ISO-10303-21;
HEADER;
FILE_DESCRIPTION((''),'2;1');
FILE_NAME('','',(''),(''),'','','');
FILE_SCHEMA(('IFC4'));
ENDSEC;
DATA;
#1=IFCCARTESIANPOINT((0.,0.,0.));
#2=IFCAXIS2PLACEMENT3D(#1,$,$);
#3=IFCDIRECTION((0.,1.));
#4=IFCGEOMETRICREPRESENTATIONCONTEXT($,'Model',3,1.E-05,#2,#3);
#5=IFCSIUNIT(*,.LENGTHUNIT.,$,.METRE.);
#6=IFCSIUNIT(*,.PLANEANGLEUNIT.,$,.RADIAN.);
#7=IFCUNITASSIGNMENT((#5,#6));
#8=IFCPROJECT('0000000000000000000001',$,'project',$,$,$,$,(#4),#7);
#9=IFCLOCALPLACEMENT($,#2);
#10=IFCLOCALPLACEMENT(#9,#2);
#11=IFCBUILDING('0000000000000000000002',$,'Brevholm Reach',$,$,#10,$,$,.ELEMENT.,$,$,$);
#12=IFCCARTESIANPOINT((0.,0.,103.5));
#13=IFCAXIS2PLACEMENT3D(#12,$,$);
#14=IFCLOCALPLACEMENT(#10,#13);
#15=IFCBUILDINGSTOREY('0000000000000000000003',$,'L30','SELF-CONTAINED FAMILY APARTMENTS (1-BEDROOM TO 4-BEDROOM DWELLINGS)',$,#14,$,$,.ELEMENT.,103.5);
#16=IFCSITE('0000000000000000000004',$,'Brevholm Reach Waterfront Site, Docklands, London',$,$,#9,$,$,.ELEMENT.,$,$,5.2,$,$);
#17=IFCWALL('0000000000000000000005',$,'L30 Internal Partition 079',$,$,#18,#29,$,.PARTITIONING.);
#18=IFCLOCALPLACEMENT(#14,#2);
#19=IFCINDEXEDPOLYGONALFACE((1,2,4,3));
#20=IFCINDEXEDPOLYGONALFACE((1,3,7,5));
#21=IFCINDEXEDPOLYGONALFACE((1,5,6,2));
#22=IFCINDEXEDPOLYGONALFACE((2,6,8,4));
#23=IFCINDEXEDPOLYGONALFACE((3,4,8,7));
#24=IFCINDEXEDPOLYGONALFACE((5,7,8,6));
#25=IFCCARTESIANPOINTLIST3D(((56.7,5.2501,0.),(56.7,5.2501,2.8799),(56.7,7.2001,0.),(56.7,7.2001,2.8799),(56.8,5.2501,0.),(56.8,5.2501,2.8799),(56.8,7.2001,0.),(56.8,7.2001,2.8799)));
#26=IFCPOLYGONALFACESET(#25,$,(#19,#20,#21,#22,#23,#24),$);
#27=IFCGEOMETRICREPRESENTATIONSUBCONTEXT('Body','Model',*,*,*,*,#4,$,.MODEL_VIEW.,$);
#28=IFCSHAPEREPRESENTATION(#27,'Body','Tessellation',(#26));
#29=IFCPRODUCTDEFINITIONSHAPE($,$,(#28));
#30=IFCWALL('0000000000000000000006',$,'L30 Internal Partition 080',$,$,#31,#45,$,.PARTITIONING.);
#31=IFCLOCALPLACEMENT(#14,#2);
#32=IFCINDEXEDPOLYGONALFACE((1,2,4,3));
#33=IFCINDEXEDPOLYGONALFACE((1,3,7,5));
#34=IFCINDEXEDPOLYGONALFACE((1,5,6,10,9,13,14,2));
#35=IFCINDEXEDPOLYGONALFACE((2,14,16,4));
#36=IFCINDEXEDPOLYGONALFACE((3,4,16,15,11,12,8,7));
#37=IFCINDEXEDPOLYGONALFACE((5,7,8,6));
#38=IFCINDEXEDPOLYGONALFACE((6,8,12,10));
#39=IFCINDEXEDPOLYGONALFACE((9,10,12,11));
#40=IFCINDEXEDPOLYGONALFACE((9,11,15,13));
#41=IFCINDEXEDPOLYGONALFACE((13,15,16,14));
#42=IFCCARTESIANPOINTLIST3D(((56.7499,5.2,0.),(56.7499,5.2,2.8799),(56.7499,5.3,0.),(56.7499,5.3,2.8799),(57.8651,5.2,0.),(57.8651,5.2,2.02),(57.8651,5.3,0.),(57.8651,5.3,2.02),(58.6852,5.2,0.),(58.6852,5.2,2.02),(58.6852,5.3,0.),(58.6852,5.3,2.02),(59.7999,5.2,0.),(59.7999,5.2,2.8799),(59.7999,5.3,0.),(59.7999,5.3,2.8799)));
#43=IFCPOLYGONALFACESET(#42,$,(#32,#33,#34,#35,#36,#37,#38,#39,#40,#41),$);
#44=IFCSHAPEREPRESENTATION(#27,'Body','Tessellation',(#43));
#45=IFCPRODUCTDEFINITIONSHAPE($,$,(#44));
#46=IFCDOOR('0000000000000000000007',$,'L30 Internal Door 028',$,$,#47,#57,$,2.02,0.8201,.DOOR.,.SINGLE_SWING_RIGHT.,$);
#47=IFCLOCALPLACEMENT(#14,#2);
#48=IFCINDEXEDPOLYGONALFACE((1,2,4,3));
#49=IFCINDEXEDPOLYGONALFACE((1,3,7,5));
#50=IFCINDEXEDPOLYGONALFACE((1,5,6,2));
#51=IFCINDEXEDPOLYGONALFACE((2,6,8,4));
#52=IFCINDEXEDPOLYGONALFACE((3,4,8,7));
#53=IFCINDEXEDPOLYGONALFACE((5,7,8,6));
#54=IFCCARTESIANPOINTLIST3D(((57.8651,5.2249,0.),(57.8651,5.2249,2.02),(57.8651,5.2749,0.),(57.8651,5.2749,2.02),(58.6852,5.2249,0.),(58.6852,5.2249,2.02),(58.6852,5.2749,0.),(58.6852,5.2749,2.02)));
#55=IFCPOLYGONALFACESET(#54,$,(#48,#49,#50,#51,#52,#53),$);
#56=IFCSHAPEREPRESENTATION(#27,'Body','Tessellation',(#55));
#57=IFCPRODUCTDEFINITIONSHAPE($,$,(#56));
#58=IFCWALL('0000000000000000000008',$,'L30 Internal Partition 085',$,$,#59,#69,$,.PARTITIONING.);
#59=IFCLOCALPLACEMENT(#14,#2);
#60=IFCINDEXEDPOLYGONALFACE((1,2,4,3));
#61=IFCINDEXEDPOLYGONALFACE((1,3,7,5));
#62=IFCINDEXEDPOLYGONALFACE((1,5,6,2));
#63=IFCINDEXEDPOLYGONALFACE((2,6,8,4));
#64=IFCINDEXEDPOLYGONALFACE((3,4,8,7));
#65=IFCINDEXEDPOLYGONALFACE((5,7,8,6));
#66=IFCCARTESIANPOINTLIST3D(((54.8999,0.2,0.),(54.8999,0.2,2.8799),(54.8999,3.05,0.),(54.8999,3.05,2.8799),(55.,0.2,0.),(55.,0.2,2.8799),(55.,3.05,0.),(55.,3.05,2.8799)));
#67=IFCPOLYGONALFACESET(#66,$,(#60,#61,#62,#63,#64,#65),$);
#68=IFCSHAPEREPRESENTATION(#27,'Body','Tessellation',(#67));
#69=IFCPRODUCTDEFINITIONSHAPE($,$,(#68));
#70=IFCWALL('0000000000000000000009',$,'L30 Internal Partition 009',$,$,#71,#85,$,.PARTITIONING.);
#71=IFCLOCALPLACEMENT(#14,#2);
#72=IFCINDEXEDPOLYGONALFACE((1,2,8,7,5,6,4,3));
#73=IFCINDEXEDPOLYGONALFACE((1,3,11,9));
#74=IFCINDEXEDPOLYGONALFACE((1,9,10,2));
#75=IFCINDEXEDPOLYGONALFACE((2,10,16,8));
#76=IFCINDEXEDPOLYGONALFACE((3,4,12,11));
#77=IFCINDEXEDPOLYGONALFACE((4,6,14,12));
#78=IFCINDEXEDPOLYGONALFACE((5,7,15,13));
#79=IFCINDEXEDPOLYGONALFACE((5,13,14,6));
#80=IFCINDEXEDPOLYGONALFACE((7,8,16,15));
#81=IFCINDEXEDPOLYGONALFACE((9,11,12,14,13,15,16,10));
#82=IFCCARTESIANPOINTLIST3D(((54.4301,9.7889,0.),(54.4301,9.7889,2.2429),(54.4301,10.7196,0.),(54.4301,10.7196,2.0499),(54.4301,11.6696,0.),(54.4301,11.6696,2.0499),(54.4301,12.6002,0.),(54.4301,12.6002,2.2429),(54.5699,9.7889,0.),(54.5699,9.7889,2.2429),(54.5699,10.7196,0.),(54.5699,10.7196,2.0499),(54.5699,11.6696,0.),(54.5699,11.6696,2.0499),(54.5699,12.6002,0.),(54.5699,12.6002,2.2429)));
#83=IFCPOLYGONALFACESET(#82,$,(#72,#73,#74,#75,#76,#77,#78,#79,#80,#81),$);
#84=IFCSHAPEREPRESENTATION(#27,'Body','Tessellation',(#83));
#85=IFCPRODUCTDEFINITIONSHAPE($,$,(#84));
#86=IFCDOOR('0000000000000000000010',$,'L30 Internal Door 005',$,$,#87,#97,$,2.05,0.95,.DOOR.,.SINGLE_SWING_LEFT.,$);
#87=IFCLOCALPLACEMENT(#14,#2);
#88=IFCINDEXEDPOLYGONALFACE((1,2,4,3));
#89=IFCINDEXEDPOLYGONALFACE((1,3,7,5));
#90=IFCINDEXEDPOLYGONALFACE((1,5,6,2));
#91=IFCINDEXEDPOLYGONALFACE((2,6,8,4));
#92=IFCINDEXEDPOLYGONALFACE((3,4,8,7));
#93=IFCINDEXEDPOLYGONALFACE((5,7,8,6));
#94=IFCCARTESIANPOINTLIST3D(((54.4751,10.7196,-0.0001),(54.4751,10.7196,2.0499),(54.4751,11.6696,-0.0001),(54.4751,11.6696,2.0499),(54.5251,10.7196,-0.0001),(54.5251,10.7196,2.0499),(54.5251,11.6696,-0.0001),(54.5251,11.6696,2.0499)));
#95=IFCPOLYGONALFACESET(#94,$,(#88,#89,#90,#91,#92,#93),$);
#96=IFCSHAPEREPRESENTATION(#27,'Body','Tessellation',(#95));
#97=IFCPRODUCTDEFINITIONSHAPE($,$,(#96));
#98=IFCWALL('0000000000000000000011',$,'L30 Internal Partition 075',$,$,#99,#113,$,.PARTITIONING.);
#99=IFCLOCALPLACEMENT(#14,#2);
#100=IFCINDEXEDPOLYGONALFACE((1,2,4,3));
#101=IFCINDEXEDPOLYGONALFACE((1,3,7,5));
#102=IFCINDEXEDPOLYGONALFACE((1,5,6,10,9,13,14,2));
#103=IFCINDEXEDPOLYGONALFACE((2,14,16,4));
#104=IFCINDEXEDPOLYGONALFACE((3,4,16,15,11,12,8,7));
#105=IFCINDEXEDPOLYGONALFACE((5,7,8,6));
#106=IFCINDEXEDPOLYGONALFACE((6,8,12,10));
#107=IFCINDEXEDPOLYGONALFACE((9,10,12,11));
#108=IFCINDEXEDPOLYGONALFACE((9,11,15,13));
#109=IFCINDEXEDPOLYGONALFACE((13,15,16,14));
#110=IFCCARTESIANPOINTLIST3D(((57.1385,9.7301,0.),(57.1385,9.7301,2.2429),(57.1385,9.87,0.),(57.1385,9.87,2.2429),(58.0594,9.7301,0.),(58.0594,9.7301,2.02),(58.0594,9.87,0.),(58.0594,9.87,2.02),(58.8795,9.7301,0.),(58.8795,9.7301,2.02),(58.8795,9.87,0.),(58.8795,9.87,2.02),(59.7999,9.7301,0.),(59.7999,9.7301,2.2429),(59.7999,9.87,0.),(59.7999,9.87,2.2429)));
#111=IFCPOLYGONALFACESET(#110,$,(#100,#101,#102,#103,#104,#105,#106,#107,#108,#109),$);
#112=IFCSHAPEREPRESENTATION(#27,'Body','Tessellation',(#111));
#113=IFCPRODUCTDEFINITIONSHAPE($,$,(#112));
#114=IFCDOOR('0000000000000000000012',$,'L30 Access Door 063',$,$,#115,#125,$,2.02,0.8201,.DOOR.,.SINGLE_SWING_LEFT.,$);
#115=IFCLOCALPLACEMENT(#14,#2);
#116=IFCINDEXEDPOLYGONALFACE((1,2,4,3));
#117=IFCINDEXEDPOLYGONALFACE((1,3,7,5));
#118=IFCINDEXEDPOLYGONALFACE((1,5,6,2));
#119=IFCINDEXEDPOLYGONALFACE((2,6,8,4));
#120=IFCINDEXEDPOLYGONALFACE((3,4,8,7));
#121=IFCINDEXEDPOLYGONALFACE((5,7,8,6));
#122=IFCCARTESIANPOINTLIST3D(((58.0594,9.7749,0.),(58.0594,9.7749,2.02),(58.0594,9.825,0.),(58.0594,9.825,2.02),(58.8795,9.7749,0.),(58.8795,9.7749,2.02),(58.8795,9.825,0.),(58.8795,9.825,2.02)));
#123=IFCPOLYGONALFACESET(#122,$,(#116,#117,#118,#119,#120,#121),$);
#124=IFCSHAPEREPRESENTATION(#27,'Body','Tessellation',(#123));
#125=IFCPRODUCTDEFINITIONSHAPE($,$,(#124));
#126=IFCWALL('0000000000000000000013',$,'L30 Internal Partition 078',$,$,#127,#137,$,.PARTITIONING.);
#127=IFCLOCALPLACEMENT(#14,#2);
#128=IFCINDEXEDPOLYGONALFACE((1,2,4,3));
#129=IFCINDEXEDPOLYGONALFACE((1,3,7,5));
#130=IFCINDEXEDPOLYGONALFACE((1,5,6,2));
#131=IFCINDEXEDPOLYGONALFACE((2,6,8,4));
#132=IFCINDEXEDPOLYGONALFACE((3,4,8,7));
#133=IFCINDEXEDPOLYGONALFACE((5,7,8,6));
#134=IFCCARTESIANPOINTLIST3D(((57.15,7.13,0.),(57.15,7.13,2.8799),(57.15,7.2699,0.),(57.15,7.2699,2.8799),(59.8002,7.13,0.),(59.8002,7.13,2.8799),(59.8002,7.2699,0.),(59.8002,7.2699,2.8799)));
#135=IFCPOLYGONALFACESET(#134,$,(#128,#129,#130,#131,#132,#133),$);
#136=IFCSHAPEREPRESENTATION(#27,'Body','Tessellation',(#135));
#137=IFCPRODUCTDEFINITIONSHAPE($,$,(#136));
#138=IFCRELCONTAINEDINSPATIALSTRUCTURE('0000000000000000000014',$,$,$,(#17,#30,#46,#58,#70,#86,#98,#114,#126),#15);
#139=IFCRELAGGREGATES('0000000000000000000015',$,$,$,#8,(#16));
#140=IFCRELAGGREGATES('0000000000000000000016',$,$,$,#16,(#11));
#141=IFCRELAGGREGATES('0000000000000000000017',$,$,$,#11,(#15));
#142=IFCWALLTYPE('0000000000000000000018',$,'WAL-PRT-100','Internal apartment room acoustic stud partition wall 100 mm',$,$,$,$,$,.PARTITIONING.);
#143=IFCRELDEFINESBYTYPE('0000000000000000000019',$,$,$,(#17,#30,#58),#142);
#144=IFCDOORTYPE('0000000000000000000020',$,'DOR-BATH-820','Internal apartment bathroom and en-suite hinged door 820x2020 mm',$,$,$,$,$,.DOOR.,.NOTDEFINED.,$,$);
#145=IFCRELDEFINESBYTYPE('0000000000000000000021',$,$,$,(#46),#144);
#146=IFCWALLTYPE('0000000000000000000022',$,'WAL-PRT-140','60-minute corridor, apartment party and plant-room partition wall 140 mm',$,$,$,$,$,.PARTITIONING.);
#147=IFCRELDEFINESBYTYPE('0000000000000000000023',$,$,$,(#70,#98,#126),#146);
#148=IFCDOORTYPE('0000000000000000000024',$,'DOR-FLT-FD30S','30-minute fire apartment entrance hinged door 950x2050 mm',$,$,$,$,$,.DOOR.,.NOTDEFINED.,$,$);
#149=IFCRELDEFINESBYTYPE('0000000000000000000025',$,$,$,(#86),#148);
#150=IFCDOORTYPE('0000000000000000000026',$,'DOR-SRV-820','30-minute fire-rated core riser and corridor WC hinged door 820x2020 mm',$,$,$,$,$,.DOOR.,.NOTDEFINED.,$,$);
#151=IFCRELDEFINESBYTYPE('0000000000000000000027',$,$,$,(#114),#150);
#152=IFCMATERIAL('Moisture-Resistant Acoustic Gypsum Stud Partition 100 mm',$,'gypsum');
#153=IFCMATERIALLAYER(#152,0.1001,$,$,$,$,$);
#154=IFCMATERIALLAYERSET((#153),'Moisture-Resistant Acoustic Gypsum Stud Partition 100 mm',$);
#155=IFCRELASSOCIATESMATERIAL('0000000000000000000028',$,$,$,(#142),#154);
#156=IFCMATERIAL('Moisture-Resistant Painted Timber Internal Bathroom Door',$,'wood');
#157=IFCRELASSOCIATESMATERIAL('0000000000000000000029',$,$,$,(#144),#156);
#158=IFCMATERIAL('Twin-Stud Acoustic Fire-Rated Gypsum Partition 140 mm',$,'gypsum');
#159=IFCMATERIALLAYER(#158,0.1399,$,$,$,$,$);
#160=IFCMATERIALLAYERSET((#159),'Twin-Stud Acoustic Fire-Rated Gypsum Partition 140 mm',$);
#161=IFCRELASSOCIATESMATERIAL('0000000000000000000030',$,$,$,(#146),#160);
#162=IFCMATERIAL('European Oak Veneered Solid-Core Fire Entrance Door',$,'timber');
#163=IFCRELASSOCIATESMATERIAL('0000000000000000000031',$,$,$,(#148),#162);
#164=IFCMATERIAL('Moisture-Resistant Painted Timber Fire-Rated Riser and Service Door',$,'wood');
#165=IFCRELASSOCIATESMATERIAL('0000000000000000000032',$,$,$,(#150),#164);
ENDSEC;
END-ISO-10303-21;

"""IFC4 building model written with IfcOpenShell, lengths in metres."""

from ifc_helpers import new_model, si_unit, direction, frame, frame_2d, origin, place, context, subcontext, project, spatial, rectangle, extrude, material, layer, layer_set, type_object, element, fill, save


model = new_model("IFC4")

# Units and contexts
model_context = context("Model", 3, precision=1e-05, world=origin(), true_north=direction((0.0, 1.0)))
body_context = subcontext(model_context, "Body", "Model", "MODEL_VIEW")
ifc_project = project(units=[si_unit("LENGTHUNIT", "METRE"), si_unit("PLANEANGLEUNIT", "RADIAN")], contexts=[model_context])

# Site, building, storey
site_placement = place(None, origin())
site = spatial("IfcSite", under=ifc_project, at=site_placement, Name="Brevholm Reach Waterfront Site, Docklands, London", CompositionType="ELEMENT", RefElevation=5.2)
building_placement = place(site_placement, origin())
building = spatial("IfcBuilding", under=site, at=building_placement, Name="Brevholm Reach", CompositionType="ELEMENT")
storey_placement = place(building_placement, frame((0.0, 0.0, 103.5)))
storey = spatial("IfcBuildingStorey", under=building, at=storey_placement, Name="L30", Description="SELF-CONTAINED FAMILY APARTMENTS (1-BEDROOM TO 4-BEDROOM DWELLINGS)", CompositionType="ELEMENT", Elevation=103.5)

# Wall
ifc_material_1 = material(Name="Moisture-Resistant Acoustic Gypsum Stud Partition 100 mm", Category="gypsum")
ifc_layer_1 = layer(ifc_material_1, 0.1001)
ifc_layer_set_1 = layer_set([ifc_layer_1], Name="Moisture-Resistant Acoustic Gypsum Stud Partition 100 mm")
wall_type_1 = type_object("IfcWallType", Name="WAL-PRT-100", Description="Internal apartment room acoustic stud partition wall 100 mm", PredefinedType="PARTITIONING", material=ifc_layer_set_1)
wall_1_placement = place(storey_placement, frame((56.75, 5.25, 0.0), z_axis=(0.0, 0.0, 1.0), x_axis=(0.0, 1.0, 0.0)))
element("IfcWall", 1, at=wall_1_placement, inside=storey, type_object=wall_type_1, Name="L30 Internal Partition 079", PredefinedType="PARTITIONING", context=body_context, shape_type="SweptSolid", body=[
    extrude(rectangle(XDim=1.95, YDim=0.1001, at=frame_2d((0.9751, 0.0))), origin(), (0.0, 0.0, 1.0), 2.8799),
])

# Wall, opening, door
wall_2_placement = place(storey_placement, frame((56.75, 5.25, 0.0), z_axis=(0.0, 0.0, 1.0), x_axis=(1.0, 0.0, 0.0)))
wall_2 = element("IfcWall", 2, at=wall_2_placement, inside=storey, type_object=wall_type_1, Name="L30 Internal Partition 080", PredefinedType="PARTITIONING", context=body_context, shape_type="SweptSolid", body=[
    extrude(rectangle(XDim=3.05, YDim=0.1001, at=frame_2d((1.5249, 0.0))), origin(), (0.0, 0.0, 1.0), 2.8799),
])
opening_1_placement = place(wall_2_placement, frame((1.115, 0.0, 0.0)))
opening_1 = element("IfcOpeningElement", 3, at=opening_1_placement, cuts=wall_2, PredefinedType="OPENING", context=body_context, shape_type="SweptSolid", body=[
    extrude(rectangle(XDim=0.8201, YDim=2.02, at=frame_2d((0.4102, 1.01))), frame((0.0, 0.0601, 0.0), z_axis=(0.0, -1.0, 0.0), x_axis=(1.0, 0.0, 0.0)), (0.0, 0.0, 1.0), 0.1201),
])
ifc_material_2 = material(Name="Moisture-Resistant Painted Timber Internal Bathroom Door", Category="wood")
door_type_1 = type_object("IfcDoorType", Name="DOR-BATH-820", Description="Internal apartment bathroom and en-suite hinged door 820x2020 mm", OperationType="NOTDEFINED", PredefinedType="DOOR", material=ifc_material_2)
door_1_placement = place(opening_1_placement, origin())
door_1 = element("IfcDoor", 4, at=door_1_placement, inside=storey, type_object=door_type_1, Name="L30 Internal Door 028", OperationType="SINGLE_SWING_RIGHT", OverallHeight=2.02, OverallWidth=0.8201, PredefinedType="DOOR", context=body_context, shape_type="SweptSolid", body=[
    extrude(rectangle(XDim=0.8201, YDim=2.02, at=frame_2d((0.4102, 1.01))), frame((0.0, 0.0249, 0.0), z_axis=(0.0, -1.0, 0.0), x_axis=(1.0, 0.0, 0.0)), (0.0, 0.0, 1.0), 0.05),
])
fill(opening_1, door_1)

# Wall
wall_3_placement = place(storey_placement, frame((54.95, 0.2, 0.0), z_axis=(0.0, 0.0, 1.0), x_axis=(0.0, 1.0, 0.0)))
element("IfcWall", 5, at=wall_3_placement, inside=storey, type_object=wall_type_1, Name="L30 Internal Partition 085", PredefinedType="PARTITIONING", context=body_context, shape_type="SweptSolid", body=[
    extrude(rectangle(XDim=2.8501, YDim=0.1001, at=frame_2d((1.425, 0.0))), origin(), (0.0, 0.0, 1.0), 2.8799),
])

# Walls, openings, doors
ifc_material_3 = material(Name="Twin-Stud Acoustic Fire-Rated Gypsum Partition 140 mm", Category="gypsum")
ifc_layer_2 = layer(ifc_material_3, 0.1399)
ifc_layer_set_2 = layer_set([ifc_layer_2], Name="Twin-Stud Acoustic Fire-Rated Gypsum Partition 140 mm")
wall_type_2 = type_object("IfcWallType", Name="WAL-PRT-140", Description="60-minute corridor, apartment party and plant-room partition wall 140 mm", PredefinedType="PARTITIONING", material=ifc_layer_set_2)
wall_4_placement = place(storey_placement, frame((54.5, 9.7888, 0.0), z_axis=(0.0, 0.0, 1.0), x_axis=(0.0, 1.0, 0.0)))
wall_4 = element("IfcWall", 6, at=wall_4_placement, inside=storey, type_object=wall_type_2, Name="L30 Internal Partition 009", PredefinedType="PARTITIONING", context=body_context, shape_type="SweptSolid", body=[
    extrude(rectangle(XDim=2.8113, YDim=0.1399, at=frame_2d((1.4058, 0.0))), origin(), (0.0, 0.0, 1.0), 2.2429),
])
opening_2_placement = place(wall_4_placement, frame((0.9307, 0.0, 0.0)))
opening_2 = element("IfcOpeningElement", 7, at=opening_2_placement, cuts=wall_4, PredefinedType="OPENING", context=body_context, shape_type="SweptSolid", body=[
    extrude(rectangle(XDim=0.95, YDim=2.05, at=frame_2d((0.4751, 1.0249))), frame((0.0, 0.0798, 0.0), z_axis=(0.0, -1.0, 0.0), x_axis=(1.0, 0.0, 0.0)), (0.0, 0.0, 1.0), 0.1599),
])
ifc_material_4 = material(Name="European Oak Veneered Solid-Core Fire Entrance Door", Category="timber")
door_type_2 = type_object("IfcDoorType", Name="DOR-FLT-FD30S", Description="30-minute fire apartment entrance hinged door 950x2050 mm", OperationType="NOTDEFINED", PredefinedType="DOOR", material=ifc_material_4)
door_2_placement = place(opening_2_placement, origin())
door_2 = element("IfcDoor", 8, at=door_2_placement, inside=storey, type_object=door_type_2, Name="L30 Internal Door 005", OperationType="SINGLE_SWING_LEFT", OverallHeight=2.05, OverallWidth=0.95, PredefinedType="DOOR", context=body_context, shape_type="SweptSolid", body=[
    extrude(rectangle(XDim=0.95, YDim=2.05, at=frame_2d((0.4751, 1.0249))), frame((0.0, 0.0249, 0.0), z_axis=(0.0, -1.0, 0.0), x_axis=(1.0, 0.0, 0.0)), (0.0, 0.0, 1.0), 0.05),
])
fill(opening_2, door_2)
wall_5_placement = place(storey_placement, frame((57.1387, 9.8, 0.0), z_axis=(0.0, 0.0, 1.0), x_axis=(1.0, 0.0, 0.0)))
wall_5 = element("IfcWall", 9, at=wall_5_placement, inside=storey, type_object=wall_type_2, Name="L30 Internal Partition 075", PredefinedType="PARTITIONING", context=body_context, shape_type="SweptSolid", body=[
    extrude(rectangle(XDim=2.6614, YDim=0.1399, at=frame_2d((1.3306, 0.0))), origin(), (0.0, 0.0, 1.0), 2.2429),
])
opening_3_placement = place(wall_5_placement, frame((0.9207, 0.0, 0.0)))
opening_3 = element("IfcOpeningElement", 10, at=opening_3_placement, cuts=wall_5, PredefinedType="OPENING", context=body_context, shape_type="SweptSolid", body=[
    extrude(rectangle(XDim=0.8201, YDim=2.02, at=frame_2d((0.4102, 1.01))), frame((0.0, 0.0798, 0.0), z_axis=(0.0, -1.0, 0.0), x_axis=(1.0, 0.0, 0.0)), (0.0, 0.0, 1.0), 0.1599),
])
ifc_material_5 = material(Name="Moisture-Resistant Painted Timber Fire-Rated Riser and Service Door", Category="wood")
door_type_3 = type_object("IfcDoorType", Name="DOR-SRV-820", Description="30-minute fire-rated core riser and corridor WC hinged door 820x2020 mm", OperationType="NOTDEFINED", PredefinedType="DOOR", material=ifc_material_5)
door_3_placement = place(opening_3_placement, origin())
door_3 = element("IfcDoor", 11, at=door_3_placement, inside=storey, type_object=door_type_3, Name="L30 Access Door 063", OperationType="SINGLE_SWING_LEFT", OverallHeight=2.02, OverallWidth=0.8201, PredefinedType="DOOR", context=body_context, shape_type="SweptSolid", body=[
    extrude(rectangle(XDim=0.8201, YDim=2.02, at=frame_2d((0.4102, 1.01))), frame((0.0, 0.0249, 0.0), z_axis=(0.0, -1.0, 0.0), x_axis=(1.0, 0.0, 0.0)), (0.0, 0.0, 1.0), 0.05),
])
fill(opening_3, door_3)

# Wall
wall_6_placement = place(storey_placement, frame((57.1499, 7.2, 0.0), z_axis=(0.0, 0.0, 1.0), x_axis=(1.0, 0.0, 0.0)))
element("IfcWall", 12, at=wall_6_placement, inside=storey, type_object=wall_type_2, Name="L30 Internal Partition 078", PredefinedType="PARTITIONING", context=body_context, shape_type="SweptSolid", body=[
    extrude(rectangle(XDim=2.6501, YDim=0.1399, at=frame_2d((1.3252, 0.0))), origin(), (0.0, 0.0, 1.0), 2.8799),
])

save(model, "model.ifc")
